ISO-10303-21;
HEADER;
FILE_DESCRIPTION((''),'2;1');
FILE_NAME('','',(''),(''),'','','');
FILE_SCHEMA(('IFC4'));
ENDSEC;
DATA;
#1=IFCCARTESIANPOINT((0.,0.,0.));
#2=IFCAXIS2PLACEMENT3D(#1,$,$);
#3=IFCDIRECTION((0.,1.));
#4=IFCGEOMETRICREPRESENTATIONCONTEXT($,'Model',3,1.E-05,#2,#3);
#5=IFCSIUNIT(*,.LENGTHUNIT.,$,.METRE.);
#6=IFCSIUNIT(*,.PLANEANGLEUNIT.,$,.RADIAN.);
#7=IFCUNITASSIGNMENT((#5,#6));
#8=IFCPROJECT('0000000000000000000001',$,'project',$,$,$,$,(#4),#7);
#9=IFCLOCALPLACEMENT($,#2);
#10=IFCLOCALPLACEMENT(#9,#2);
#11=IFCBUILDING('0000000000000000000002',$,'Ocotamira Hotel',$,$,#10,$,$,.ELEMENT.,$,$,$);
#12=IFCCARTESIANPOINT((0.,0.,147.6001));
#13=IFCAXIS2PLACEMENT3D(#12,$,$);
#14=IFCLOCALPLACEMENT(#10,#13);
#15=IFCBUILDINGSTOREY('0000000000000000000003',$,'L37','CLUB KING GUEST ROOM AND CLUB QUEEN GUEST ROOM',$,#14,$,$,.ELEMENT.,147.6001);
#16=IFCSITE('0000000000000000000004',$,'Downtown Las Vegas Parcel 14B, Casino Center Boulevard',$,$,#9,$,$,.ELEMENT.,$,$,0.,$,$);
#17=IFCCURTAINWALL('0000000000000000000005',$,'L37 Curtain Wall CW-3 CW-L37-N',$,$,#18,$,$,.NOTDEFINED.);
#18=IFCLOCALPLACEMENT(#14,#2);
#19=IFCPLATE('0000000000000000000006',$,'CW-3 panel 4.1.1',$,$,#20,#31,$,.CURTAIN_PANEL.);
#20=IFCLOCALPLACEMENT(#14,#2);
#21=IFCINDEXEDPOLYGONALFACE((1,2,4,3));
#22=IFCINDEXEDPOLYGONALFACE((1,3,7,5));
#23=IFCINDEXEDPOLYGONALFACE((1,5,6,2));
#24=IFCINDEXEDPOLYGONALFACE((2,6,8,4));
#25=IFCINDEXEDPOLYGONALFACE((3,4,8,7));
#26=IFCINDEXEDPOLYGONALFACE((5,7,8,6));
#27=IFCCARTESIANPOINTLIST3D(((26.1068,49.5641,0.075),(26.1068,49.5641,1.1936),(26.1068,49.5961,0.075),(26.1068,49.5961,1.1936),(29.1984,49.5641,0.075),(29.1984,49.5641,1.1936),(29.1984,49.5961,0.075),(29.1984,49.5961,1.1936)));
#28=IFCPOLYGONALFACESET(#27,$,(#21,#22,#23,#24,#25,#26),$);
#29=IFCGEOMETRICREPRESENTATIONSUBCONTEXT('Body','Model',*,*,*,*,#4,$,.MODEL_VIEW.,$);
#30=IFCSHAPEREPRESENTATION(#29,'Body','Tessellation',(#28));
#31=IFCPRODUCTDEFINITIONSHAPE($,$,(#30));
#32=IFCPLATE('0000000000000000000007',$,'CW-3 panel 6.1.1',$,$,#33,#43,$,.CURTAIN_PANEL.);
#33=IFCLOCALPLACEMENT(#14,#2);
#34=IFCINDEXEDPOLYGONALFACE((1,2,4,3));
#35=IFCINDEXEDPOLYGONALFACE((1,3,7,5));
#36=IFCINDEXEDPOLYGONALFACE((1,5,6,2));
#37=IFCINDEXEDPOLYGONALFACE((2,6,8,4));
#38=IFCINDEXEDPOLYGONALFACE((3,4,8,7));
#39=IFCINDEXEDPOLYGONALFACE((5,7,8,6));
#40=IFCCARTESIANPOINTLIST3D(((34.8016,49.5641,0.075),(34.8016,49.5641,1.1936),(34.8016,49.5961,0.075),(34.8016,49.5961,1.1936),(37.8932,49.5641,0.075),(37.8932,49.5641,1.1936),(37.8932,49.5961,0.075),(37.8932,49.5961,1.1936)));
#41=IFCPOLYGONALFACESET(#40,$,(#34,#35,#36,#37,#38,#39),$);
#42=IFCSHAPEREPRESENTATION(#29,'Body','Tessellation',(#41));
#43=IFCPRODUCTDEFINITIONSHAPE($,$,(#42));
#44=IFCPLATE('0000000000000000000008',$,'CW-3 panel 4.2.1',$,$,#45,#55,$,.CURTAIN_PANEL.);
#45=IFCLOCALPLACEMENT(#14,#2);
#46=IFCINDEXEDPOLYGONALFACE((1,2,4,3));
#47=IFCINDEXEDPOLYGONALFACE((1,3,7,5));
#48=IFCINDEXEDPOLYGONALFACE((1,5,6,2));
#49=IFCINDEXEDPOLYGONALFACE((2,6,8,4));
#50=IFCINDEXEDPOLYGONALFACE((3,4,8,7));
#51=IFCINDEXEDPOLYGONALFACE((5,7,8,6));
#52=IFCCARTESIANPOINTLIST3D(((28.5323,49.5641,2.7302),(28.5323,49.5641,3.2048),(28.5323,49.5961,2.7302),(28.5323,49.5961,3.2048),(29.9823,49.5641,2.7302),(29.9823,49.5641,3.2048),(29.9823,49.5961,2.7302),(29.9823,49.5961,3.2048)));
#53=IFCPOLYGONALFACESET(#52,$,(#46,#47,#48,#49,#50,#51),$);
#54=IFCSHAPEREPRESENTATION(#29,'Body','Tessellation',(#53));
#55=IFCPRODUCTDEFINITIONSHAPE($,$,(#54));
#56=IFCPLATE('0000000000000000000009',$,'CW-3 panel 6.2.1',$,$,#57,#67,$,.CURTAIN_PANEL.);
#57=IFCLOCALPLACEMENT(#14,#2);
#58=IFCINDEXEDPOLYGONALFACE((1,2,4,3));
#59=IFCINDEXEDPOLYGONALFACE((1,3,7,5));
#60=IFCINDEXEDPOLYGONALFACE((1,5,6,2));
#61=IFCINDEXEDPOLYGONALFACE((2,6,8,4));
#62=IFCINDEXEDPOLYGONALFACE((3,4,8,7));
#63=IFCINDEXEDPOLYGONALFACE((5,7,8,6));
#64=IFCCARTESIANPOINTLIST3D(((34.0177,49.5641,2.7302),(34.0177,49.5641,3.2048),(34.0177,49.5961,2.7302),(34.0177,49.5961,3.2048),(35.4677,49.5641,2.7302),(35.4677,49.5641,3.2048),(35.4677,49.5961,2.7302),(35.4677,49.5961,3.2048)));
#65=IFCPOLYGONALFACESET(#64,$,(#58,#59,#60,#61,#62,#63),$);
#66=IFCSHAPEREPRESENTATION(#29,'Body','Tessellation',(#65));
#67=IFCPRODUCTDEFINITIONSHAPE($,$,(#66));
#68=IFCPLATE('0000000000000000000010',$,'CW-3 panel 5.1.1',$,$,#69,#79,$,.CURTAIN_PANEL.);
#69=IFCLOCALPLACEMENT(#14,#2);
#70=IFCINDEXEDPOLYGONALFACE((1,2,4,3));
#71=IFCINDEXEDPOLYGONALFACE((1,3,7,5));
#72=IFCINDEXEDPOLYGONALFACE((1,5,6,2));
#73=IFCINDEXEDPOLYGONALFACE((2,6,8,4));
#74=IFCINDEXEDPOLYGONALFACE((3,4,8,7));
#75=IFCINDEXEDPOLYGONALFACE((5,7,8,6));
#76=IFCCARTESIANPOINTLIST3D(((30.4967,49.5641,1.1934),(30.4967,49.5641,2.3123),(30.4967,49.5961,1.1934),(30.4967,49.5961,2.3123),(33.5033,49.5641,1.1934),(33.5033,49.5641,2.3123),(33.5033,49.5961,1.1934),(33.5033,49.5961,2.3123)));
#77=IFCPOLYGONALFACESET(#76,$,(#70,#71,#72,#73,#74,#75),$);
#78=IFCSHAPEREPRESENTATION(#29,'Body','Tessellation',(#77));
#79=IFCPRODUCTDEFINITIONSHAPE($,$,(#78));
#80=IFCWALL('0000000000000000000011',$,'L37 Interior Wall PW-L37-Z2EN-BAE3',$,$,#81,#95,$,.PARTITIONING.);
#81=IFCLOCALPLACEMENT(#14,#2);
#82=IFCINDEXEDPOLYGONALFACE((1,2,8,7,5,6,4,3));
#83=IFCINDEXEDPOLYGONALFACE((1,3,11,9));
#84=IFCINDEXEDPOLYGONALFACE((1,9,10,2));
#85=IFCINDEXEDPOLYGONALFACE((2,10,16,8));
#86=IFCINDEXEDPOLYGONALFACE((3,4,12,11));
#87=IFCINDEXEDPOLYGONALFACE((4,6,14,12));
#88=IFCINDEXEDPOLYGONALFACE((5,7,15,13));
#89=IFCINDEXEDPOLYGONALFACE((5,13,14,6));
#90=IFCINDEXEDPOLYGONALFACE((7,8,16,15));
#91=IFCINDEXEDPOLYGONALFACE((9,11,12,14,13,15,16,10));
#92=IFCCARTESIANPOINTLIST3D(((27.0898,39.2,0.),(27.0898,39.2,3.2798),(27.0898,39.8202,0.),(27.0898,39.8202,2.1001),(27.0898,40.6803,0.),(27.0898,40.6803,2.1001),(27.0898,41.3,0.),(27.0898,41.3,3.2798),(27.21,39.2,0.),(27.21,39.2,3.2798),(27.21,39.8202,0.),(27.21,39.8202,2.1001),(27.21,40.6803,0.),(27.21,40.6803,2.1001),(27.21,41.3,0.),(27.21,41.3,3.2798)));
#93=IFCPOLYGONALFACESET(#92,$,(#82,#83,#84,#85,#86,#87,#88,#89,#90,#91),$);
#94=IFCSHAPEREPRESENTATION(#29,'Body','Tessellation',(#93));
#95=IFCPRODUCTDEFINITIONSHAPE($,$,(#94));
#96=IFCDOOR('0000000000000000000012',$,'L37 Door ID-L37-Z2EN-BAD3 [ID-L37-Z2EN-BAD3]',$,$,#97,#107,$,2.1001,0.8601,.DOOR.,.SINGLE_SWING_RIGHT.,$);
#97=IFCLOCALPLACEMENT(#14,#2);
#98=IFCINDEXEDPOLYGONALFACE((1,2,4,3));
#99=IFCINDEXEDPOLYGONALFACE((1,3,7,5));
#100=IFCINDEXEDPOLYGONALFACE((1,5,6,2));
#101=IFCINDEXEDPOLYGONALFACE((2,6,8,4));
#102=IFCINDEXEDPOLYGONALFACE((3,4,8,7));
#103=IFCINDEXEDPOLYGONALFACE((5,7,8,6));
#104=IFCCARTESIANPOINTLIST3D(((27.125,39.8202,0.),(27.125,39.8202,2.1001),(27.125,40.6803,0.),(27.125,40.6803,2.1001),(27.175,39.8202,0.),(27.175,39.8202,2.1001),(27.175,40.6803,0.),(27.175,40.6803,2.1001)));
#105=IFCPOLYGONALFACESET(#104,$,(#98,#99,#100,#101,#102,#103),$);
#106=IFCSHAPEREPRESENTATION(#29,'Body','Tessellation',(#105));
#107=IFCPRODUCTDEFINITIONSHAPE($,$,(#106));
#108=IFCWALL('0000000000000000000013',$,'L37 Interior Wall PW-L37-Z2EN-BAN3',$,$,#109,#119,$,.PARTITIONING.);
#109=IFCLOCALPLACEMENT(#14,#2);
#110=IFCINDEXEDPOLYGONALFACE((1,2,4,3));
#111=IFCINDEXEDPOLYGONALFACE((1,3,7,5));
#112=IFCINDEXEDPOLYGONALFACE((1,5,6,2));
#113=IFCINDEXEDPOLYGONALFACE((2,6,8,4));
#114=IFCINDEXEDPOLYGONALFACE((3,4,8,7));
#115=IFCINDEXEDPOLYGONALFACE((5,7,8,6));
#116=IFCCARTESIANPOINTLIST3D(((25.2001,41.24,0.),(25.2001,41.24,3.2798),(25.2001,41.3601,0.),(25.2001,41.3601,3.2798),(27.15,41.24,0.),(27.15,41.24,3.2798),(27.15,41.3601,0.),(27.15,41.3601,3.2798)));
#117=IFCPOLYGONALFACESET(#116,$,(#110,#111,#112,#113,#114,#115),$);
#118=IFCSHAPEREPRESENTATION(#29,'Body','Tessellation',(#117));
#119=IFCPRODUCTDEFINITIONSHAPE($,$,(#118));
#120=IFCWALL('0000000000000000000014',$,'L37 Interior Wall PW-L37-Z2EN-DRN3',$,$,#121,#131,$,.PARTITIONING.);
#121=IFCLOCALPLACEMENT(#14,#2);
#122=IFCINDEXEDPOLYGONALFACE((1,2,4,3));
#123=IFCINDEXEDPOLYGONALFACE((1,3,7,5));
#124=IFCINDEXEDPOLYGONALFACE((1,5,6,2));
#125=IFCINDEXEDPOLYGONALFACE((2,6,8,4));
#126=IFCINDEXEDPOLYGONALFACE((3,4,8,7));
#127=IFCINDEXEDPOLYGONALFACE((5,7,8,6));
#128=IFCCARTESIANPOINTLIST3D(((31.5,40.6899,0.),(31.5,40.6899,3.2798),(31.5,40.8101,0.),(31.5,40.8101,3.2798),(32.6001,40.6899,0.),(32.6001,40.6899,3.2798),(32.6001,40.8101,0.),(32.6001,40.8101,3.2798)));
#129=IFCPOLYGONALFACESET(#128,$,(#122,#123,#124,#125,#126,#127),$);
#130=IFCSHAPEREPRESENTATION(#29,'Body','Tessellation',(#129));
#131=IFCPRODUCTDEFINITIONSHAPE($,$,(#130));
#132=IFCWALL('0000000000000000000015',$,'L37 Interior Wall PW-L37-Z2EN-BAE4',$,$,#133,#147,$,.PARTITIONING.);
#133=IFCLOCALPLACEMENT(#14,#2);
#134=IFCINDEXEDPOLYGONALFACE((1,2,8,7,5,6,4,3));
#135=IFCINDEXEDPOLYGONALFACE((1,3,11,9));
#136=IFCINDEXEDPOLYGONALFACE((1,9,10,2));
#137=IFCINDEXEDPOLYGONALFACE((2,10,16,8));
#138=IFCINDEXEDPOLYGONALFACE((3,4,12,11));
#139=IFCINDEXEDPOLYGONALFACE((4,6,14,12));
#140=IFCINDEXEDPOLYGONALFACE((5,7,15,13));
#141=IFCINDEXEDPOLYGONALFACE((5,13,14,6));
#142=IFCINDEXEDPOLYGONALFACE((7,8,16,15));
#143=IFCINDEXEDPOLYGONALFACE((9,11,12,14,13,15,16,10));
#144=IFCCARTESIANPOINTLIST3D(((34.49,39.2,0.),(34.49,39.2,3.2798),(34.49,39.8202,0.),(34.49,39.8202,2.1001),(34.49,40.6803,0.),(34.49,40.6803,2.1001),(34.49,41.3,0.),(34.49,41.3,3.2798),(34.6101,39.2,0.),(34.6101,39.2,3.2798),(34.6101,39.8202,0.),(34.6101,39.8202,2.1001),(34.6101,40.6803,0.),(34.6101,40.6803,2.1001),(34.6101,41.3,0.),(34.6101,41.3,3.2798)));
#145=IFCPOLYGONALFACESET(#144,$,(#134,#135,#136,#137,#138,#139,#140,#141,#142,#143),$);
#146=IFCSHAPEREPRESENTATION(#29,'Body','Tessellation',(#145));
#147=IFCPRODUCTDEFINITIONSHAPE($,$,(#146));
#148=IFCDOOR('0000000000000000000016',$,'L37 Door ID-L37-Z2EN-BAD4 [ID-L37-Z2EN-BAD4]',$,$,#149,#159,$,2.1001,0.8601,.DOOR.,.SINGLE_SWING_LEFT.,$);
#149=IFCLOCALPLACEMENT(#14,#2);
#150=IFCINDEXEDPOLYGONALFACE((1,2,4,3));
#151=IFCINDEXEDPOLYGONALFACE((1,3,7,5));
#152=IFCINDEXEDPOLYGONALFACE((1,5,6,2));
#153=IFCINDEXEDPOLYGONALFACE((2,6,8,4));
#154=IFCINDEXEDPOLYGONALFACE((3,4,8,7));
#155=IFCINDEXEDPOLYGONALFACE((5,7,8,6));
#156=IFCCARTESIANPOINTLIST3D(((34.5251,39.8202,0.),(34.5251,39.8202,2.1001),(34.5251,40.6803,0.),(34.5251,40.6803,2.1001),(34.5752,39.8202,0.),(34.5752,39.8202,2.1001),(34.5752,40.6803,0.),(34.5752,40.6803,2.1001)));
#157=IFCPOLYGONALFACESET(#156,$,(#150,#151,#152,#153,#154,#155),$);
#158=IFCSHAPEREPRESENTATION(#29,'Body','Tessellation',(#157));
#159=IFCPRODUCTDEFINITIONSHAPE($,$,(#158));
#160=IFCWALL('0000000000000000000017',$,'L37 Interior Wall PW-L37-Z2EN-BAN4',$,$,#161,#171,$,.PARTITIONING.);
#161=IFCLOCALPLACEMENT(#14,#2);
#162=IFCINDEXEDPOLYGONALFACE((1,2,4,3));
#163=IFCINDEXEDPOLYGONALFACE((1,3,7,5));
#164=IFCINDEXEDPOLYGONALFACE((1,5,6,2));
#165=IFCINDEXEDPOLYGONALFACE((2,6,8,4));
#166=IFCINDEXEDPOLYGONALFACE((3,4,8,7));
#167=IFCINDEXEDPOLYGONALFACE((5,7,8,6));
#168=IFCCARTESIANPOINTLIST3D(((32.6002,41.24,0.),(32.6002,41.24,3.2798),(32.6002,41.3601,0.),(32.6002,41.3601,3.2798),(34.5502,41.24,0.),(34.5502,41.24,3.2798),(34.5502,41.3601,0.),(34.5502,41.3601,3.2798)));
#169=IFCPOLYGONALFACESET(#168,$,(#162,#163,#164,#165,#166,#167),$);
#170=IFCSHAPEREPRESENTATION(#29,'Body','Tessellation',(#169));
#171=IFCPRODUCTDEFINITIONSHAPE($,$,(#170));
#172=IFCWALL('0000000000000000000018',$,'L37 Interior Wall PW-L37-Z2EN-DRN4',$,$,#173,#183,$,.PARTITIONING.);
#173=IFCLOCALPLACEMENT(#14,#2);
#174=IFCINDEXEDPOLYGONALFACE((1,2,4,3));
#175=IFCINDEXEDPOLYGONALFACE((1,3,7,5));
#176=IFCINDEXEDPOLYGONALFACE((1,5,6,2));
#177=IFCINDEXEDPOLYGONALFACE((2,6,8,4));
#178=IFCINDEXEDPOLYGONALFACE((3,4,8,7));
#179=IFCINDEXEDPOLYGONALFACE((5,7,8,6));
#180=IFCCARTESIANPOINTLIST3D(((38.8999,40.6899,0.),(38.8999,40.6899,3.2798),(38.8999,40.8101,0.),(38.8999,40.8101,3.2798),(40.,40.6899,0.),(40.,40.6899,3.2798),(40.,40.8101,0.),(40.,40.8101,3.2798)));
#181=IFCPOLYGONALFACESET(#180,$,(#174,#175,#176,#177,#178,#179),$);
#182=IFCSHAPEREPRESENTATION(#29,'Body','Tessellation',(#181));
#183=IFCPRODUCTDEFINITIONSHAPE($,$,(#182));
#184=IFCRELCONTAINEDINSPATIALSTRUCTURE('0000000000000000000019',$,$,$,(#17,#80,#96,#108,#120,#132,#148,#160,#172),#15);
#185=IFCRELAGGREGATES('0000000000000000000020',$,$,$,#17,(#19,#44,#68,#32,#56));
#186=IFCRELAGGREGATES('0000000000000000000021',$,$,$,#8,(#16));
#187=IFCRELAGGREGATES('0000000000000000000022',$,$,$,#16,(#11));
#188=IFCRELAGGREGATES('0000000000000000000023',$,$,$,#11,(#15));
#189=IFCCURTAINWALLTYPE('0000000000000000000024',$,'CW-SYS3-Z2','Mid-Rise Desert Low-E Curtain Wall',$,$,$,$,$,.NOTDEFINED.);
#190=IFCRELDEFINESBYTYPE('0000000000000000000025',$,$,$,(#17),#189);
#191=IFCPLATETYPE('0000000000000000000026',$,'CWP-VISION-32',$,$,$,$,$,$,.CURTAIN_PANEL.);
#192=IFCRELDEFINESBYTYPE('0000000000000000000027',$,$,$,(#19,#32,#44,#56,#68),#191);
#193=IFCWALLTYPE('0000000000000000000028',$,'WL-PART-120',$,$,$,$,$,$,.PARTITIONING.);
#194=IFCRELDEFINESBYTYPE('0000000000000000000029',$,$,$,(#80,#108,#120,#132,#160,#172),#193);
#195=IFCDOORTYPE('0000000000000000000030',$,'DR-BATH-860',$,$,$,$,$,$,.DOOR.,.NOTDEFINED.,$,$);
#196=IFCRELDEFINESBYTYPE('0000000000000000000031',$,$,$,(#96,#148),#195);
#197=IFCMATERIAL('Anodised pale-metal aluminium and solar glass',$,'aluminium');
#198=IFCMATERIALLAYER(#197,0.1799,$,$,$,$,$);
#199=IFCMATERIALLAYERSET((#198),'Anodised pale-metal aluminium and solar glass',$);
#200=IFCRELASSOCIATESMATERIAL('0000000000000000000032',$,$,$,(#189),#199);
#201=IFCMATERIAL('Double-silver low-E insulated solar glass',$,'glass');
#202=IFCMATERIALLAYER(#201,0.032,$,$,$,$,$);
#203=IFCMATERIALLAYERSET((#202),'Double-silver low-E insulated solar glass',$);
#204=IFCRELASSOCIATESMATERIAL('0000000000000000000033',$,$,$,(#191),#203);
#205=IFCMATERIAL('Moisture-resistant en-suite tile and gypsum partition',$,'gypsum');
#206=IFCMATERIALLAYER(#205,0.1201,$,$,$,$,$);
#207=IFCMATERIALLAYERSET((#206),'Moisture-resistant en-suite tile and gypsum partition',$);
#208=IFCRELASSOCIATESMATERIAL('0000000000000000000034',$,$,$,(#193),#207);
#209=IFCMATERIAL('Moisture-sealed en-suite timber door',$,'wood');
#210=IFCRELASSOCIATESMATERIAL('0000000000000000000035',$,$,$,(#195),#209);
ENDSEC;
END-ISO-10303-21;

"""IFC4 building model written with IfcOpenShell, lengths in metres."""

from ifc_helpers import new_model, si_unit, direction, frame, frame_2d, origin, origin_2d, place, context, subcontext, project, spatial, rectangle, extrude, source, transform, mapped, material, layer, layer_set, type_object, element, fill, aggregate, save


model = new_model("IFC4")

# Units and contexts
model_context = context("Model", 3, precision=1e-05, world=origin(), true_north=direction((0.0, 1.0)))
body_context = subcontext(model_context, "Body", "Model", "MODEL_VIEW")
ifc_project = project(units=[si_unit("LENGTHUNIT", "METRE"), si_unit("PLANEANGLEUNIT", "RADIAN")], contexts=[model_context])

# Site, building, storey
site_placement = place(None, origin())
site = spatial("IfcSite", under=ifc_project, at=site_placement, Name="Downtown Las Vegas Parcel 14B, Casino Center Boulevard", CompositionType="ELEMENT", RefElevation=0.0)
building_placement = place(site_placement, origin())
building = spatial("IfcBuilding", under=site, at=building_placement, Name="Ocotamira Hotel", CompositionType="ELEMENT")
storey_placement = place(building_placement, frame((0.0, 0.0, 147.6001)))
storey = spatial("IfcBuildingStorey", under=building, at=storey_placement, Name="L37", Description="CLUB KING GUEST ROOM AND CLUB QUEEN GUEST ROOM", CompositionType="ELEMENT", Elevation=147.6001)

# Curtain wall
ifc_material_1 = material(Name="Anodised pale-metal aluminium and solar glass", Category="aluminium")
ifc_layer_1 = layer(ifc_material_1, 0.1799)
ifc_layer_set_1 = layer_set([ifc_layer_1], Name="Anodised pale-metal aluminium and solar glass")
curtain_wall_type = type_object("IfcCurtainWallType", Name="CW-SYS3-Z2", Description="Mid-Rise Desert Low-E Curtain Wall", PredefinedType="NOTDEFINED", material=ifc_layer_set_1)
curtain_wall_placement = place(storey_placement, origin())
curtain_wall = element("IfcCurtainWall", 1, at=curtain_wall_placement, inside=storey, type_object=curtain_wall_type, Name="L37 Curtain Wall CW-3 CW-L37-N", PredefinedType="NOTDEFINED")

# Plates
ifc_material_2 = material(Name="Double-silver low-E insulated solar glass", Category="glass")
ifc_layer_2 = layer(ifc_material_2, 0.032)
ifc_layer_set_2 = layer_set([ifc_layer_2], Name="Double-silver low-E insulated solar glass")
plate_type_1 = type_object("IfcPlateType", Name="CWP-VISION-32", PredefinedType="CURTAIN_PANEL", material=ifc_layer_set_2)
shared_shape_1 = source(origin(), body_context, "Body", "SweptSolid", [
    extrude(rectangle(XDim=3.0916, YDim=0.032, at=origin_2d()), origin(), (0.0, 0.0, 1.0), 1.1187),
])
plate_1_placement = place(storey_placement, frame((27.6526, 49.5801, 0.075), z_axis=(0.0, 0.0, 1.0), x_axis=(1.0, 0.0, 0.0)))
plate_1 = element("IfcPlate", 2, at=plate_1_placement, type_object=plate_type_1, Name="CW-3 panel 4.1.1", PredefinedType="CURTAIN_PANEL", context=body_context, shape_type="MappedRepresentation", body=[
    mapped(shared_shape_1, transform((0.0, 0.0, 0.0), scale=1.0)),
])
plate_2_placement = place(storey_placement, frame((36.3474, 49.5801, 0.075), z_axis=(0.0, 0.0, 1.0), x_axis=(1.0, 0.0, 0.0)))
plate_2 = element("IfcPlate", 3, at=plate_2_placement, type_object=plate_type_1, Name="CW-3 panel 6.1.1", PredefinedType="CURTAIN_PANEL", context=body_context, shape_type="MappedRepresentation", body=[
    mapped(shared_shape_1, transform((0.0, 0.0, 0.0), scale=1.0)),
])
shared_shape_2 = source(origin(), body_context, "Body", "SweptSolid", [
    extrude(rectangle(XDim=1.45, YDim=0.032, at=origin_2d()), origin(), (0.0, 0.0, 1.0), 0.4746),
])
plate_3_placement = place(storey_placement, frame((29.2573, 49.5801, 2.7302), z_axis=(0.0, 0.0, 1.0), x_axis=(1.0, 0.0, 0.0)))
plate_3 = element("IfcPlate", 4, at=plate_3_placement, type_object=plate_type_1, Name="CW-3 panel 4.2.1", PredefinedType="CURTAIN_PANEL", context=body_context, shape_type="MappedRepresentation", body=[
    mapped(shared_shape_2, transform((0.0, 0.0, 0.0), scale=1.0)),
])
plate_4_placement = place(storey_placement, frame((34.7427, 49.5801, 2.7302), z_axis=(0.0, 0.0, 1.0), x_axis=(1.0, 0.0, 0.0)))
plate_4 = element("IfcPlate", 5, at=plate_4_placement, type_object=plate_type_1, Name="CW-3 panel 6.2.1", PredefinedType="CURTAIN_PANEL", context=body_context, shape_type="MappedRepresentation", body=[
    mapped(shared_shape_2, transform((0.0, 0.0, 0.0), scale=1.0)),
])
shared_shape_3 = source(origin(), body_context, "Body", "SweptSolid", [
    extrude(rectangle(XDim=3.0066, YDim=0.032, at=origin_2d()), origin(), (0.0, 0.0, 1.0), 1.1189),
])
plate_5_placement = place(storey_placement, frame((32.0, 49.5801, 1.1934), z_axis=(0.0, 0.0, 1.0), x_axis=(1.0, 0.0, 0.0)))
plate_5 = element("IfcPlate", 6, at=plate_5_placement, type_object=plate_type_1, Name="CW-3 panel 5.1.1", PredefinedType="CURTAIN_PANEL", context=body_context, shape_type="MappedRepresentation", body=[
    mapped(shared_shape_3, transform((0.0, 0.0, 0.0), scale=1.0)),
])
aggregate(curtain_wall, [plate_1, plate_3, plate_5, plate_2, plate_4])

# Wall, opening, door
ifc_material_3 = material(Name="Moisture-resistant en-suite tile and gypsum partition", Category="gypsum")
ifc_layer_3 = layer(ifc_material_3, 0.1201)
ifc_layer_set_3 = layer_set([ifc_layer_3], Name="Moisture-resistant en-suite tile and gypsum partition")
wall_type_1 = type_object("IfcWallType", Name="WL-PART-120", PredefinedType="PARTITIONING", material=ifc_layer_set_3)
wall_1_placement = place(storey_placement, frame((27.1499, 39.2, 0.0), z_axis=(0.0, 0.0, 1.0), x_axis=(0.0, 1.0, 0.0)))
wall_1 = element("IfcWall", 7, at=wall_1_placement, inside=storey, type_object=wall_type_1, Name="L37 Interior Wall PW-L37-Z2EN-BAE3", PredefinedType="PARTITIONING", context=body_context, shape_type="SweptSolid", body=[
    extrude(rectangle(XDim=2.1001, YDim=0.1201, at=frame_2d((1.05, 0.0))), origin(), (0.0, 0.0, 1.0), 3.2798),
])
opening_1_placement = place(wall_1_placement, frame((0.6201, 0.0, 0.0)))
opening_1 = element("IfcOpeningElement", 8, at=opening_1_placement, cuts=wall_1, PredefinedType="OPENING", context=body_context, shape_type="SweptSolid", body=[
    extrude(rectangle(XDim=0.8601, YDim=2.1001, at=frame_2d((0.4302, 1.05))), frame((0.0, 0.0701, 0.0), z_axis=(0.0, -1.0, 0.0), x_axis=(1.0, 0.0, 0.0)), (0.0, 0.0, 1.0), 0.1401),
])
ifc_material_4 = material(Name="Moisture-sealed en-suite timber door", Category="wood")
door_type = type_object("IfcDoorType", Name="DR-BATH-860", OperationType="NOTDEFINED", PredefinedType="DOOR", material=ifc_material_4)
shared_shape_4 = source(origin(), body_context, "Body", "SweptSolid", [
    extrude(rectangle(XDim=0.8601, YDim=2.1001, at=frame_2d((0.4302, 1.05))), frame((0.0, 0.0249, 0.0), z_axis=(0.0, -1.0, 0.0), x_axis=(1.0, 0.0, 0.0)), (0.0, 0.0, 1.0), 0.05),
])
door_1_placement = place(opening_1_placement, origin())
door_1 = element("IfcDoor", 9, at=door_1_placement, inside=storey, type_object=door_type, Name="L37 Door ID-L37-Z2EN-BAD3 [ID-L37-Z2EN-BAD3]", OperationType="SINGLE_SWING_RIGHT", OverallHeight=2.1001, OverallWidth=0.8601, PredefinedType="DOOR", context=body_context, shape_type="MappedRepresentation", body=[
    mapped(shared_shape_4, transform((0.0, 0.0, 0.0), scale=1.0)),
])
fill(opening_1, door_1)

# Walls
wall_2_placement = place(storey_placement, frame((25.2, 41.3, 0.0), z_axis=(0.0, 0.0, 1.0), x_axis=(1.0, 0.0, 0.0)))
element("IfcWall", 10, at=wall_2_placement, inside=storey, type_object=wall_type_1, Name="L37 Interior Wall PW-L37-Z2EN-BAN3", PredefinedType="PARTITIONING", context=body_context, shape_type="SweptSolid", body=[
    extrude(rectangle(XDim=1.95, YDim=0.1201, at=frame_2d((0.9751, 0.0))), origin(), (0.0, 0.0, 1.0), 3.2798),
])
wall_3_placement = place(storey_placement, frame((31.5, 40.75, 0.0), z_axis=(0.0, 0.0, 1.0), x_axis=(1.0, 0.0, 0.0)))
element("IfcWall", 11, at=wall_3_placement, inside=storey, type_object=wall_type_1, Name="L37 Interior Wall PW-L37-Z2EN-DRN3", PredefinedType="PARTITIONING", context=body_context, shape_type="SweptSolid", body=[
    extrude(rectangle(XDim=1.1001, YDim=0.1201, at=frame_2d((0.55, 0.0))), origin(), (0.0, 0.0, 1.0), 3.2798),
])

# Wall, opening, door
wall_4_placement = place(storey_placement, frame((34.55, 39.2, 0.0), z_axis=(0.0, 0.0, 1.0), x_axis=(0.0, 1.0, 0.0)))
wall_4 = element("IfcWall", 12, at=wall_4_placement, inside=storey, type_object=wall_type_1, Name="L37 Interior Wall PW-L37-Z2EN-BAE4", PredefinedType="PARTITIONING", context=body_context, shape_type="SweptSolid", body=[
    extrude(rectangle(XDim=2.1001, YDim=0.1201, at=frame_2d((1.05, 0.0))), origin(), (0.0, 0.0, 1.0), 3.2798),
])
opening_2_placement = place(wall_4_placement, frame((0.6201, 0.0, 0.0)))
opening_2 = element("IfcOpeningElement", 13, at=opening_2_placement, cuts=wall_4, PredefinedType="OPENING", context=body_context, shape_type="SweptSolid", body=[
    extrude(rectangle(XDim=0.8601, YDim=2.1001, at=frame_2d((0.4302, 1.05))), frame((0.0, 0.0701, 0.0), z_axis=(0.0, -1.0, 0.0), x_axis=(1.0, 0.0, 0.0)), (0.0, 0.0, 1.0), 0.1401),
])
door_2_placement = place(opening_2_placement, origin())
door_2 = element("IfcDoor", 14, at=door_2_placement, inside=storey, type_object=door_type, Name="L37 Door ID-L37-Z2EN-BAD4 [ID-L37-Z2EN-BAD4]", OperationType="SINGLE_SWING_LEFT", OverallHeight=2.1001, OverallWidth=0.8601, PredefinedType="DOOR", context=body_context, shape_type="MappedRepresentation", body=[
    mapped(shared_shape_4, transform((0.0, 0.0, 0.0), scale=1.0)),
])
fill(opening_2, door_2)

# Walls
wall_5_placement = place(storey_placement, frame((32.6001, 41.3, 0.0), z_axis=(0.0, 0.0, 1.0), x_axis=(1.0, 0.0, 0.0)))
element("IfcWall", 15, at=wall_5_placement, inside=storey, type_object=wall_type_1, Name="L37 Interior Wall PW-L37-Z2EN-BAN4", PredefinedType="PARTITIONING", context=body_context, shape_type="SweptSolid", body=[
    extrude(rectangle(XDim=1.95, YDim=0.1201, at=frame_2d((0.9751, 0.0))), origin(), (0.0, 0.0, 1.0), 3.2798),
])
wall_6_placement = place(storey_placement, frame((38.8999, 40.75, 0.0), z_axis=(0.0, 0.0, 1.0), x_axis=(1.0, 0.0, 0.0)))
element("IfcWall", 16, at=wall_6_placement, inside=storey, type_object=wall_type_1, Name="L37 Interior Wall PW-L37-Z2EN-DRN4", PredefinedType="PARTITIONING", context=body_context, shape_type="SweptSolid", body=[
    extrude(rectangle(XDim=1.1001, YDim=0.1201, at=frame_2d((0.55, 0.0))), origin(), (0.0, 0.0, 1.0), 3.2798),
])

save(model, "model.ifc")
